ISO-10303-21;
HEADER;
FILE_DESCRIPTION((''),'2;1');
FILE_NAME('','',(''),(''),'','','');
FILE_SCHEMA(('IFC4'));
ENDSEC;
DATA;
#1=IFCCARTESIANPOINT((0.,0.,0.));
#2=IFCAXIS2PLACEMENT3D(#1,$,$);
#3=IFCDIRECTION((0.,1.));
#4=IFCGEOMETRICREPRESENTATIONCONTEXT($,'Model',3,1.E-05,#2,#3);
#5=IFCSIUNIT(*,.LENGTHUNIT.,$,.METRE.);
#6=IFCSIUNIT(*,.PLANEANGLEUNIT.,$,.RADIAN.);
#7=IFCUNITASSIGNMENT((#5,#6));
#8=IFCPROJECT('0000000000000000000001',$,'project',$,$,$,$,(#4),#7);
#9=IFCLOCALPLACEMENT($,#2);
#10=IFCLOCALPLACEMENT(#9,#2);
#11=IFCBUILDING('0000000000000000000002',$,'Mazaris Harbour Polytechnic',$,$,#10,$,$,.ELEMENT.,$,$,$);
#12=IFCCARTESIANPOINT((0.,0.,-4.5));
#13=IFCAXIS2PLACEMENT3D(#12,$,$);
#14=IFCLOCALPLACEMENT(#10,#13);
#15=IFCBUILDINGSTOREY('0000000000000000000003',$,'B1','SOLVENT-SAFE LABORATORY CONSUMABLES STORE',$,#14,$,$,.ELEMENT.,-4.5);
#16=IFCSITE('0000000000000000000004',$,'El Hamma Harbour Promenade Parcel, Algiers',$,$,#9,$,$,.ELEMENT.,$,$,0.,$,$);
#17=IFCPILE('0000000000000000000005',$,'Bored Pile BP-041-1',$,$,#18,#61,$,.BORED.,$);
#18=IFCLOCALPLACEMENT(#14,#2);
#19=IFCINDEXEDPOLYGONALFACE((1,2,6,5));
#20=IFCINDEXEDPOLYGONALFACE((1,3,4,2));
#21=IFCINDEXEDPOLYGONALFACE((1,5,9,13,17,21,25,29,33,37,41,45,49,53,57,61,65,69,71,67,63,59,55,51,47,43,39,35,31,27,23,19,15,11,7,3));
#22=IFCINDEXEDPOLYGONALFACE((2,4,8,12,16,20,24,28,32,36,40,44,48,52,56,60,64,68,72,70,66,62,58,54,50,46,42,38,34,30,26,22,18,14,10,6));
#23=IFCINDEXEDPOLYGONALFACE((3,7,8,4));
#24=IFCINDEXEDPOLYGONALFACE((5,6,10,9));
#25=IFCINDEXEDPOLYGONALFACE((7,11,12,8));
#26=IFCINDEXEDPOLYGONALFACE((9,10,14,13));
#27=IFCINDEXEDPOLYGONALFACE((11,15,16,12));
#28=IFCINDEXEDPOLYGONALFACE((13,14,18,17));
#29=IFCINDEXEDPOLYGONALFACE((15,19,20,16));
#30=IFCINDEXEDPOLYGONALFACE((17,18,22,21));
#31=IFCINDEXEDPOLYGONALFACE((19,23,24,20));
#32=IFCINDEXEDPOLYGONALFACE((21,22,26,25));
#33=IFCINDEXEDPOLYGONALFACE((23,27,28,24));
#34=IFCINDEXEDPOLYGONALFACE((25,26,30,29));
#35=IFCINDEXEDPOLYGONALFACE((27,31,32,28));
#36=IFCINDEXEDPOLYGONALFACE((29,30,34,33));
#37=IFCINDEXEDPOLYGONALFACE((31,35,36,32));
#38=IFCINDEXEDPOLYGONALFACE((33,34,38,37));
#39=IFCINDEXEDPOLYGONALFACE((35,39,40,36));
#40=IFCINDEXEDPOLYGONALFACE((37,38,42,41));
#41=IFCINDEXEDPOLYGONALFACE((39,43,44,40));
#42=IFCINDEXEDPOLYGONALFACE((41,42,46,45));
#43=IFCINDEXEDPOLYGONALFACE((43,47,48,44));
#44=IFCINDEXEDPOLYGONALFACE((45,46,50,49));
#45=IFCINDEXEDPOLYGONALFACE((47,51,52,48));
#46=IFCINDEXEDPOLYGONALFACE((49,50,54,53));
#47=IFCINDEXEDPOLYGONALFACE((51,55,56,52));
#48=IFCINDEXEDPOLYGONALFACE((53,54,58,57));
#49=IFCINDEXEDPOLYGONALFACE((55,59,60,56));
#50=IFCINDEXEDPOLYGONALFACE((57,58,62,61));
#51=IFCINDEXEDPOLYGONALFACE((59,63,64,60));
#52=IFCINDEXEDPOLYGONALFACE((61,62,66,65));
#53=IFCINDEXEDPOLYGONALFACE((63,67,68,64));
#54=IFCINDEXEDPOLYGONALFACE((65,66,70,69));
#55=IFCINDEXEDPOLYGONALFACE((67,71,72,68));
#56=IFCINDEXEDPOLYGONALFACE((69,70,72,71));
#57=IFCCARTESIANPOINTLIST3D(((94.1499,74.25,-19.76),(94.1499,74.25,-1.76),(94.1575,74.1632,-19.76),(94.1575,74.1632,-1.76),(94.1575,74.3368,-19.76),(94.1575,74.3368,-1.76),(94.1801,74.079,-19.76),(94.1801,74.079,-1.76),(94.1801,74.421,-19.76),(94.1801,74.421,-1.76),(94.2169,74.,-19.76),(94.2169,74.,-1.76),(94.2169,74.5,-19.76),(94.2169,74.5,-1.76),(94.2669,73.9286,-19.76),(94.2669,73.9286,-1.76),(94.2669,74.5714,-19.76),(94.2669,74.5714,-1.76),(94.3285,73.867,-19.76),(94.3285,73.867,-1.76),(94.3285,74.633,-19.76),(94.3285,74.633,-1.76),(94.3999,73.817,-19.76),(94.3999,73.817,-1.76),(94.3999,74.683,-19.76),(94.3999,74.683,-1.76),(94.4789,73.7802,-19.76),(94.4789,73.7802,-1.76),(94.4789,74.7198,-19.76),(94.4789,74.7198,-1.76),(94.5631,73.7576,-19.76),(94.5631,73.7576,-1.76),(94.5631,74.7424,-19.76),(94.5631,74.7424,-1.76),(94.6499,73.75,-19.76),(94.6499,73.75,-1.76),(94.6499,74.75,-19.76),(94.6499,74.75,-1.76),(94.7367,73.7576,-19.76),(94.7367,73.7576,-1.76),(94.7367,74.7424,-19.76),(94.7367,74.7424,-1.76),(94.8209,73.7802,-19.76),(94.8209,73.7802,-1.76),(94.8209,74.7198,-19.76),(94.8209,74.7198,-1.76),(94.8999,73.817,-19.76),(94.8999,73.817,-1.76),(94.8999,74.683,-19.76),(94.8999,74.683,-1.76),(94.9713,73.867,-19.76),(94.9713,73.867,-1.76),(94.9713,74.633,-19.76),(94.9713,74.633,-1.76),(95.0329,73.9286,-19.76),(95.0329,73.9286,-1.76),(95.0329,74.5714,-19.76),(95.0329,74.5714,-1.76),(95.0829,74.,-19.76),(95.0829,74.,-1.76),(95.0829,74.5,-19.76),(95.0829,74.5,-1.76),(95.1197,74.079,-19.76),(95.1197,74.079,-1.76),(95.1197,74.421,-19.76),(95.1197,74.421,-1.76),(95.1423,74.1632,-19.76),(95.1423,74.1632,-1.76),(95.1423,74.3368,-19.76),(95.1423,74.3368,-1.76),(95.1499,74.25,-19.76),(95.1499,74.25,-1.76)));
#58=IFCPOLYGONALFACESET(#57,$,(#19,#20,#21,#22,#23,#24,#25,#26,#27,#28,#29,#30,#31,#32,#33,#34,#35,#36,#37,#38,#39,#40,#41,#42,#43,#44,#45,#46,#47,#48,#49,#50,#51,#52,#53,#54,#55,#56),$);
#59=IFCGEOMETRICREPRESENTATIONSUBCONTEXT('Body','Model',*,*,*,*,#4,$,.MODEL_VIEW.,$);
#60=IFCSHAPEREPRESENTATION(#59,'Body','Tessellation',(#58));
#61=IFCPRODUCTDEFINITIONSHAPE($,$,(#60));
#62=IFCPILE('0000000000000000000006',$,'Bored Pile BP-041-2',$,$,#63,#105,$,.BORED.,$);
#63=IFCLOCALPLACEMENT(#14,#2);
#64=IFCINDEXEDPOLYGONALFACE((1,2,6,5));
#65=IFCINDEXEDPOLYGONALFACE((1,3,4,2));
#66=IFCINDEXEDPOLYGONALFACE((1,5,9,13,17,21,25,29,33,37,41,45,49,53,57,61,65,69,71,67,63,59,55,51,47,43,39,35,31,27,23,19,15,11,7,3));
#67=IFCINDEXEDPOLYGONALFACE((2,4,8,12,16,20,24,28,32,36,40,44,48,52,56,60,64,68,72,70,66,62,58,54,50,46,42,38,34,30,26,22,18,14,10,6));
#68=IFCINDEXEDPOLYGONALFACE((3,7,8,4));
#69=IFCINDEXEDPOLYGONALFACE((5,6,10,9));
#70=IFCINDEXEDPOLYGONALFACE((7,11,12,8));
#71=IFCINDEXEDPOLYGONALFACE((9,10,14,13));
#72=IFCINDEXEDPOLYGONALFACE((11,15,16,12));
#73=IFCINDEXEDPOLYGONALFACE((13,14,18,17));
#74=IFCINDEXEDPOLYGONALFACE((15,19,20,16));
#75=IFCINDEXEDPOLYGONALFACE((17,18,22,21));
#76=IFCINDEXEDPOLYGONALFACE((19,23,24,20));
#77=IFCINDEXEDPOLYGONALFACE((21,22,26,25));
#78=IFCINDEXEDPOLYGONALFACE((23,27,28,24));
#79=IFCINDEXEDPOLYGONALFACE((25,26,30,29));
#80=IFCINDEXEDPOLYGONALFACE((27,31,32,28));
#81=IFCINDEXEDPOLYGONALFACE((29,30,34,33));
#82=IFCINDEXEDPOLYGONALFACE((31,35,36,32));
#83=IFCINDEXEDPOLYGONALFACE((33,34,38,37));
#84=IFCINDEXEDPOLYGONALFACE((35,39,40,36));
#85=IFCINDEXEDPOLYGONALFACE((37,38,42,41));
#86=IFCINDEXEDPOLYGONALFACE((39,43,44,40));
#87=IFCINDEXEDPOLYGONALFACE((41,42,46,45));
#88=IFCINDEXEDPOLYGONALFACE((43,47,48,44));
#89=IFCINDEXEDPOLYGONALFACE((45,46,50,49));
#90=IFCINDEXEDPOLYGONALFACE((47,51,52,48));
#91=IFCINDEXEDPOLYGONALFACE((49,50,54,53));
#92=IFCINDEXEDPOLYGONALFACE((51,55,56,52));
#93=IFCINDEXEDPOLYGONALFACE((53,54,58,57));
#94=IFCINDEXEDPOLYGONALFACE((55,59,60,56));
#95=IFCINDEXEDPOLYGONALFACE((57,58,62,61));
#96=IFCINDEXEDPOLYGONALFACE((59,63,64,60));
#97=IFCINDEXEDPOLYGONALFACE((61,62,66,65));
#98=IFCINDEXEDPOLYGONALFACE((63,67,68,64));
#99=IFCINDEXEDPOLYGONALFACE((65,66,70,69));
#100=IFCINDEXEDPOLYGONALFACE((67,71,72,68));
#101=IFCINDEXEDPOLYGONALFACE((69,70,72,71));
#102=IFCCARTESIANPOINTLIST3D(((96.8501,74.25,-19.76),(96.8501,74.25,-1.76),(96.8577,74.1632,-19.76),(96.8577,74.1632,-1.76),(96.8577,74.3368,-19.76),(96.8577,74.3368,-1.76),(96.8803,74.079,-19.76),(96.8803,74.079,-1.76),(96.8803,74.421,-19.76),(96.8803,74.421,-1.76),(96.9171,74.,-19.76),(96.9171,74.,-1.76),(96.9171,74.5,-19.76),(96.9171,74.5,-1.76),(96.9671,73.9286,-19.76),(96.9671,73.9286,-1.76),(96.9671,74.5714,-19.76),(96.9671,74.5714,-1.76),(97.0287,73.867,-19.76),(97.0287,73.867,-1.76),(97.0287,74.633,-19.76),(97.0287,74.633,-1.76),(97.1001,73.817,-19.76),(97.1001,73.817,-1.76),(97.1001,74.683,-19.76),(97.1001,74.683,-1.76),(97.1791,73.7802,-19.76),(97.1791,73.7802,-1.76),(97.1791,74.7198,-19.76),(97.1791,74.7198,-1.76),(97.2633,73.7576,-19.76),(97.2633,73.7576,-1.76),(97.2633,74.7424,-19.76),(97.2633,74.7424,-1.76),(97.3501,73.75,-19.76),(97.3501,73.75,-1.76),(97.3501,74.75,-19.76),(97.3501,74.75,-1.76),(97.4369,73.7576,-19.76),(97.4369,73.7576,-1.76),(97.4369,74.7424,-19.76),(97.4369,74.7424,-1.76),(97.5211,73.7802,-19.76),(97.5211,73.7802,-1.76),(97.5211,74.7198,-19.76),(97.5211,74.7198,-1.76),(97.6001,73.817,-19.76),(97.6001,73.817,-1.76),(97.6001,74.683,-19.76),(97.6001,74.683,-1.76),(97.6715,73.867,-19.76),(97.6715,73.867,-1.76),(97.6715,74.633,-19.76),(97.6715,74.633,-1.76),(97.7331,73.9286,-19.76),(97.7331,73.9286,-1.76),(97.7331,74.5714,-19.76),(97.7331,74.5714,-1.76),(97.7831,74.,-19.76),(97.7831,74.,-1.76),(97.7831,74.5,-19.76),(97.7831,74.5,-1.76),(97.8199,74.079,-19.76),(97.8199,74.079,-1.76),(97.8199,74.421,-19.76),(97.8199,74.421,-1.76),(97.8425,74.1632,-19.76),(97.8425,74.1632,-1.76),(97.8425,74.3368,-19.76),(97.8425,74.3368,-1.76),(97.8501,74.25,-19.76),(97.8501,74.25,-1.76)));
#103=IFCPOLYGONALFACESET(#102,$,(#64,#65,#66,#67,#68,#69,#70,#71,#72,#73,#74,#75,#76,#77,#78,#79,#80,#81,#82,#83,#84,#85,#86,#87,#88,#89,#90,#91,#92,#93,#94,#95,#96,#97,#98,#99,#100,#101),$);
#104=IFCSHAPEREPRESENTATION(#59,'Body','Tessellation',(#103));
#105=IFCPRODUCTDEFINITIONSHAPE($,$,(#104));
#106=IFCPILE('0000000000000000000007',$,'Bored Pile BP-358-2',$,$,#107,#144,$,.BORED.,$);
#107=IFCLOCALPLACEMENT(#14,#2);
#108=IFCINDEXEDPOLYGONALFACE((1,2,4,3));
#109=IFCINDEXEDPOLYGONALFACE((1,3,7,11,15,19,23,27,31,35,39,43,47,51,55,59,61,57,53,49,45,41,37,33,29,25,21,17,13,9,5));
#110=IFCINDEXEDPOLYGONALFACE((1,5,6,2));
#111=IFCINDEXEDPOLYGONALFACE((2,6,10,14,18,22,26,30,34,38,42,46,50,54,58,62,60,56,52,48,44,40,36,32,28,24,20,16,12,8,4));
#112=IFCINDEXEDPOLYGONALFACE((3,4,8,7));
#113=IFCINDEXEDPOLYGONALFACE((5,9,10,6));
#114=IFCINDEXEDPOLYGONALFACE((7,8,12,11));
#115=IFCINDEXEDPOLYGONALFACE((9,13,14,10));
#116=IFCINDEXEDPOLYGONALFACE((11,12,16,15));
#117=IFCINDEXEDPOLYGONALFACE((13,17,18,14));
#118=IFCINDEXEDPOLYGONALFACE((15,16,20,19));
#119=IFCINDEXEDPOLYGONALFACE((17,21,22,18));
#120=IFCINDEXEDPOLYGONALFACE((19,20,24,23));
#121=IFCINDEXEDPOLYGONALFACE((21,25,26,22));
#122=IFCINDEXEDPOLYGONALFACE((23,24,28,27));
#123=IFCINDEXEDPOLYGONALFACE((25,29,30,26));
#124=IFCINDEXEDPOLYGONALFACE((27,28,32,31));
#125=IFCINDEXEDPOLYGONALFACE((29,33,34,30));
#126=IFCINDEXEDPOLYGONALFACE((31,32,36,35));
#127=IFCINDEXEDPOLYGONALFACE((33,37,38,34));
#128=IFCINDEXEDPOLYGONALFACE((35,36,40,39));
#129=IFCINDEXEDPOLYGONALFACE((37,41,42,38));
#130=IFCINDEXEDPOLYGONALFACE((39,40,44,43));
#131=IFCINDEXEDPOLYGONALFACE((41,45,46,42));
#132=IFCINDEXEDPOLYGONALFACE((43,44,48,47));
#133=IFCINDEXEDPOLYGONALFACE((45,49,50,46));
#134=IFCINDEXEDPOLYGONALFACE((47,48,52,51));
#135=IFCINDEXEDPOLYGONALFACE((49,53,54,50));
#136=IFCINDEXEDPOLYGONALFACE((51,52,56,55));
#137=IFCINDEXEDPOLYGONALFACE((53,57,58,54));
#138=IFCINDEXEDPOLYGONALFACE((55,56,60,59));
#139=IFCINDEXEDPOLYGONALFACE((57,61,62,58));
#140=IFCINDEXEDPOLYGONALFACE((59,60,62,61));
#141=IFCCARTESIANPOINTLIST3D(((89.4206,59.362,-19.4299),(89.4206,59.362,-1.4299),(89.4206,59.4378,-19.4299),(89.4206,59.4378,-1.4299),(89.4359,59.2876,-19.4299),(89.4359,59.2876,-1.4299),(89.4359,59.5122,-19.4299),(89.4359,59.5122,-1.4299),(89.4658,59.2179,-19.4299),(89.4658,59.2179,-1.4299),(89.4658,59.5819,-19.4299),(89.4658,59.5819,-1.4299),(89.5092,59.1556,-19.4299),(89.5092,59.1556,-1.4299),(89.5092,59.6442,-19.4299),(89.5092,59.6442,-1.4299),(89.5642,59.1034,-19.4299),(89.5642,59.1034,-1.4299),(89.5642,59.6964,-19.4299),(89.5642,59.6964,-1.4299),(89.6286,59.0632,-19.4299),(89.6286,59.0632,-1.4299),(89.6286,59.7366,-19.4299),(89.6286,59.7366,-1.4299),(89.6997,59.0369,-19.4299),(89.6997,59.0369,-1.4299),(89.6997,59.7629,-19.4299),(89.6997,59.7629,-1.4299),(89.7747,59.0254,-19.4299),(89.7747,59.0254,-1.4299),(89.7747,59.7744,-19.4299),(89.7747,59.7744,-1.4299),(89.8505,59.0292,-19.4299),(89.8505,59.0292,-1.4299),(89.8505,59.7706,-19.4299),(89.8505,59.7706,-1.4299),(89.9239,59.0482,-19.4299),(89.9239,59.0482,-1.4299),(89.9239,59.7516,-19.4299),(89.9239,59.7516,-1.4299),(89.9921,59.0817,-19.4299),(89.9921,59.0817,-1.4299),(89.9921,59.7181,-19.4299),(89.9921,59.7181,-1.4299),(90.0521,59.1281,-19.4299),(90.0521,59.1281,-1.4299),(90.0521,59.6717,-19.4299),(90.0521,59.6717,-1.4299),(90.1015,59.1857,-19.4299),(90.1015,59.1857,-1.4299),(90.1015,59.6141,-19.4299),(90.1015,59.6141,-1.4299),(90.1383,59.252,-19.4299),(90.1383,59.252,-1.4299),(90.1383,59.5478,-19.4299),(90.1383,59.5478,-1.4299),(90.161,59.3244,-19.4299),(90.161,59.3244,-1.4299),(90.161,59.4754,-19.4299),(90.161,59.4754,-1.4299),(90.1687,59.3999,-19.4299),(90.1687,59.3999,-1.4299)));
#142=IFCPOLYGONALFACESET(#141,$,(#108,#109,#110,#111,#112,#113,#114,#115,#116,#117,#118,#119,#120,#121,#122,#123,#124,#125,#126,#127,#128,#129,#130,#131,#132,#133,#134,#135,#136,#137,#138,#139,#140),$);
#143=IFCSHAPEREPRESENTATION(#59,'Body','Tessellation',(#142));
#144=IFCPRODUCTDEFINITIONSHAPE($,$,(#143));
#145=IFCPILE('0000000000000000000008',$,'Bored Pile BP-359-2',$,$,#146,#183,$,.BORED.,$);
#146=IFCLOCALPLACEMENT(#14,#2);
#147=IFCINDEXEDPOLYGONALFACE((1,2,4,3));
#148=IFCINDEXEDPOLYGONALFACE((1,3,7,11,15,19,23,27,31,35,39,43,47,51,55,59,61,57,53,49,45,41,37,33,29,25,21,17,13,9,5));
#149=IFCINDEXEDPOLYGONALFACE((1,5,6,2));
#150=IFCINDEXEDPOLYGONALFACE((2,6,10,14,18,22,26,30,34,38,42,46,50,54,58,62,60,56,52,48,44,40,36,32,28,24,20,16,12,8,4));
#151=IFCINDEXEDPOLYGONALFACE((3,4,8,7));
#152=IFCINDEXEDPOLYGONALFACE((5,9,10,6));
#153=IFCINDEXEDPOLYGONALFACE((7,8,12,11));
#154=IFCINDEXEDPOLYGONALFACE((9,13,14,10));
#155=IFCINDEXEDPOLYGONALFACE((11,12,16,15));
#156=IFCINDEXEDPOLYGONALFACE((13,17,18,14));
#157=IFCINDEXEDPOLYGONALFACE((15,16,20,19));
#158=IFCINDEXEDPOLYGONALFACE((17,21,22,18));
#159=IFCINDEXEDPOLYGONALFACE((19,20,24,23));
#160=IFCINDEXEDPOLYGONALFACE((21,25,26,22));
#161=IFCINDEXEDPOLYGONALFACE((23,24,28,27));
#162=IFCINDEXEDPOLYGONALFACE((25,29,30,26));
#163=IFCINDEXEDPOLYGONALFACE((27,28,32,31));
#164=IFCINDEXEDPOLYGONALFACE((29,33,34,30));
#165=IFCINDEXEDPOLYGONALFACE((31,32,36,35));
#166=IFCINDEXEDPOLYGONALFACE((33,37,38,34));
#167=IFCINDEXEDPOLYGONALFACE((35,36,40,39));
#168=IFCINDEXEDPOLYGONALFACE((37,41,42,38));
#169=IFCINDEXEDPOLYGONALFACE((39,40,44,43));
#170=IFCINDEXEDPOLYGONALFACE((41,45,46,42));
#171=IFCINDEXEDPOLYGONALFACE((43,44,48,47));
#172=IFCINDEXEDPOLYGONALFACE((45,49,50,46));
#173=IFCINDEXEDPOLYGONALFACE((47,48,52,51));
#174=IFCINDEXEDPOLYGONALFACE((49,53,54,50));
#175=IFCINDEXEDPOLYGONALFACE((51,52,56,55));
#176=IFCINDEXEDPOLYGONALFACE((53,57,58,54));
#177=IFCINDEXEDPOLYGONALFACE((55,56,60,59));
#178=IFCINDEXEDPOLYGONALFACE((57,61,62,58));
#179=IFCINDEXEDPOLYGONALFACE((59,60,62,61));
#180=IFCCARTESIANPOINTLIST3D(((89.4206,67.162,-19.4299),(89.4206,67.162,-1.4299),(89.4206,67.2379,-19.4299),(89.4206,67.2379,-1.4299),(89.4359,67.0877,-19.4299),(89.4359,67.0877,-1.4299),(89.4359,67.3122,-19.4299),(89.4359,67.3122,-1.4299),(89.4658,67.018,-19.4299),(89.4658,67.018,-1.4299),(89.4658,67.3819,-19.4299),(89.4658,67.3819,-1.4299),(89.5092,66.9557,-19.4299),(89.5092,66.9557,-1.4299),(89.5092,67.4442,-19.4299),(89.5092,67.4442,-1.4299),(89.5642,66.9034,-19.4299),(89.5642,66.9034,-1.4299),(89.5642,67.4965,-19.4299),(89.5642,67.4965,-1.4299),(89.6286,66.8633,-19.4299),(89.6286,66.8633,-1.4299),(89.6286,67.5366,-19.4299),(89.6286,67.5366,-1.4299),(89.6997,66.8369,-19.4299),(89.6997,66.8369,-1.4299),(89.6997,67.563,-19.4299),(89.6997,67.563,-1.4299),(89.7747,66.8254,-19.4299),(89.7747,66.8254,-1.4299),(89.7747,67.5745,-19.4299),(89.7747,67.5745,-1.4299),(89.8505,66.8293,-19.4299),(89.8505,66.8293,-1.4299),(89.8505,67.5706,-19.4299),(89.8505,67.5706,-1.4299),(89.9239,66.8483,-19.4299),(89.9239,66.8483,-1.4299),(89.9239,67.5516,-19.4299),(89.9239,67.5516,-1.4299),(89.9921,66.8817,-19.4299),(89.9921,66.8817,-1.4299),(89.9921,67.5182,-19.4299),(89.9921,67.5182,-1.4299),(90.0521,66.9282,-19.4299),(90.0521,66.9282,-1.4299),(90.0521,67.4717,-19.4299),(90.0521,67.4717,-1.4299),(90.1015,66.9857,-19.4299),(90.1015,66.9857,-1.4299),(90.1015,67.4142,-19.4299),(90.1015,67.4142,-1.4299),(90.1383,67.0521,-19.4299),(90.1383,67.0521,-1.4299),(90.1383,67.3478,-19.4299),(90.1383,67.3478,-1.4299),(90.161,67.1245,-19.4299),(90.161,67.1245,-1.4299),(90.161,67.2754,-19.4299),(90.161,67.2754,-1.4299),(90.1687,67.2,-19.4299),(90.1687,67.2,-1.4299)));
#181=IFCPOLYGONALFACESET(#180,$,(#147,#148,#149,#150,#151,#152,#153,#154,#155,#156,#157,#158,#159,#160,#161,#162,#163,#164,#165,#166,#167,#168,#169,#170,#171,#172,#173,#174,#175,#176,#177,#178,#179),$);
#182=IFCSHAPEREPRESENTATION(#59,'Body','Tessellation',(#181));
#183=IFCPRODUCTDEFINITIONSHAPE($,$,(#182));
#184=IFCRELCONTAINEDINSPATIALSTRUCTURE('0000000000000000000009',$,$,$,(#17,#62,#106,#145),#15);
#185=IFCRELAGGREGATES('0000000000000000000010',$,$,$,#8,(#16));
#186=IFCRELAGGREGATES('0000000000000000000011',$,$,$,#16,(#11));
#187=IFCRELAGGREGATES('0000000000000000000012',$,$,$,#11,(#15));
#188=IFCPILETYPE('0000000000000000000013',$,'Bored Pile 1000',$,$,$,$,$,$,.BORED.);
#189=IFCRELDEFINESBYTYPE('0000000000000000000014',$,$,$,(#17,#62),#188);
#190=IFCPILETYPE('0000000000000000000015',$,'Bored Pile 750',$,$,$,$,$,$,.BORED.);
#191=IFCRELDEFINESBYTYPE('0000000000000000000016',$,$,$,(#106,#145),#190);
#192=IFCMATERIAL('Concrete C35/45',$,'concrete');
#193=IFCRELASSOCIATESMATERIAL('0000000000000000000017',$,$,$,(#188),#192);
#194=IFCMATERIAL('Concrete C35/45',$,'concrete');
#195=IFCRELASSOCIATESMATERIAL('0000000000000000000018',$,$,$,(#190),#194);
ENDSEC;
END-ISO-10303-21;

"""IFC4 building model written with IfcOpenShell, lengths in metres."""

from ifc_helpers import new_model, si_unit, direction, frame, origin, origin_2d, place, context, subcontext, project, spatial, circle, extrude, material, material_profile, profile_set, type_object, element, save


model = new_model("IFC4")

# Units and contexts
model_context = context("Model", 3, precision=1e-05, world=origin(), true_north=direction((0.0, 1.0)))
body_context = subcontext(model_context, "Body", "Model", "MODEL_VIEW")
ifc_project = project(units=[si_unit("LENGTHUNIT", "METRE"), si_unit("PLANEANGLEUNIT", "RADIAN")], contexts=[model_context])

# Site, building, storey
site_placement = place(None, origin())
site = spatial("IfcSite", under=ifc_project, at=site_placement, Name="El Hamma Harbour Promenade Parcel, Algiers", CompositionType="ELEMENT", RefElevation=0.0)
building_placement = place(site_placement, origin())
building = spatial("IfcBuilding", under=site, at=building_placement, Name="Mazaris Harbour Polytechnic", CompositionType="ELEMENT")
storey_placement = place(building_placement, frame((0.0, 0.0, -4.5)))
storey = spatial("IfcBuildingStorey", under=building, at=storey_placement, Name="B1", Description="SOLVENT-SAFE LABORATORY CONSUMABLES STORE", CompositionType="ELEMENT", Elevation=-4.5)

# Piles
ifc_material_1 = material(Name="Concrete C35/45", Category="concrete")
ifc_material_profile_1 = material_profile(ifc_material_1, circle(Radius=0.5, at=origin_2d()), Name="DIA1000")
ifc_profile_set_1 = profile_set([ifc_material_profile_1], Name="Concrete C35/45")
pile_type_1 = type_object("IfcPileType", Name="Bored Pile 1000", PredefinedType="BORED", material=ifc_profile_set_1)
for number, where, z_axis, x_axis, name in (
    (1, (94.6499, 74.25, -1.76), (0.0, 0.0, -1.0), (1.0, 0.0, 0.0), "Bored Pile BP-041-1"),
    (2, (97.3501, 74.25, -1.76), (0.0, 0.0, -1.0), (1.0, 0.0, 0.0), "Bored Pile BP-041-2"),
):
    element("IfcPile", number, at=place(storey_placement, frame(where, z_axis=z_axis, x_axis=x_axis)), inside=storey, type_object=pile_type_1, Name=name, PredefinedType="BORED", context=body_context, shape_type="SweptSolid", body=[
        extrude(circle(Radius=0.5, at=origin_2d()), origin(), (0.0, 0.0, 1.0), 18.0),
    ])
ifc_material_2 = material(Name="Concrete C35/45", Category="concrete")
ifc_material_profile_2 = material_profile(ifc_material_2, circle(Radius=0.375, at=origin_2d()), Name="DIA750")
ifc_profile_set_2 = profile_set([ifc_material_profile_2], Name="Concrete C35/45")
pile_type_2 = type_object("IfcPileType", Name="Bored Pile 750", PredefinedType="BORED", material=ifc_profile_set_2)
for number, where, z_axis, x_axis, name in (
    (3, (89.7937, 59.3999, -1.4299), (0.0, 0.0, -1.0), (1.0, 0.0, 0.0), "Bored Pile BP-358-2"),
    (4, (89.7937, 67.2, -1.4299), (0.0, 0.0, -1.0), (1.0, 0.0, 0.0), "Bored Pile BP-359-2"),
):
    element("IfcPile", number, at=place(storey_placement, frame(where, z_axis=z_axis, x_axis=x_axis)), inside=storey, type_object=pile_type_2, Name=name, PredefinedType="BORED", context=body_context, shape_type="SweptSolid", body=[
        extrude(circle(Radius=0.375, at=origin_2d()), origin(), (0.0, 0.0, 1.0), 18.0),
    ])

save(model, "model.ifc")
